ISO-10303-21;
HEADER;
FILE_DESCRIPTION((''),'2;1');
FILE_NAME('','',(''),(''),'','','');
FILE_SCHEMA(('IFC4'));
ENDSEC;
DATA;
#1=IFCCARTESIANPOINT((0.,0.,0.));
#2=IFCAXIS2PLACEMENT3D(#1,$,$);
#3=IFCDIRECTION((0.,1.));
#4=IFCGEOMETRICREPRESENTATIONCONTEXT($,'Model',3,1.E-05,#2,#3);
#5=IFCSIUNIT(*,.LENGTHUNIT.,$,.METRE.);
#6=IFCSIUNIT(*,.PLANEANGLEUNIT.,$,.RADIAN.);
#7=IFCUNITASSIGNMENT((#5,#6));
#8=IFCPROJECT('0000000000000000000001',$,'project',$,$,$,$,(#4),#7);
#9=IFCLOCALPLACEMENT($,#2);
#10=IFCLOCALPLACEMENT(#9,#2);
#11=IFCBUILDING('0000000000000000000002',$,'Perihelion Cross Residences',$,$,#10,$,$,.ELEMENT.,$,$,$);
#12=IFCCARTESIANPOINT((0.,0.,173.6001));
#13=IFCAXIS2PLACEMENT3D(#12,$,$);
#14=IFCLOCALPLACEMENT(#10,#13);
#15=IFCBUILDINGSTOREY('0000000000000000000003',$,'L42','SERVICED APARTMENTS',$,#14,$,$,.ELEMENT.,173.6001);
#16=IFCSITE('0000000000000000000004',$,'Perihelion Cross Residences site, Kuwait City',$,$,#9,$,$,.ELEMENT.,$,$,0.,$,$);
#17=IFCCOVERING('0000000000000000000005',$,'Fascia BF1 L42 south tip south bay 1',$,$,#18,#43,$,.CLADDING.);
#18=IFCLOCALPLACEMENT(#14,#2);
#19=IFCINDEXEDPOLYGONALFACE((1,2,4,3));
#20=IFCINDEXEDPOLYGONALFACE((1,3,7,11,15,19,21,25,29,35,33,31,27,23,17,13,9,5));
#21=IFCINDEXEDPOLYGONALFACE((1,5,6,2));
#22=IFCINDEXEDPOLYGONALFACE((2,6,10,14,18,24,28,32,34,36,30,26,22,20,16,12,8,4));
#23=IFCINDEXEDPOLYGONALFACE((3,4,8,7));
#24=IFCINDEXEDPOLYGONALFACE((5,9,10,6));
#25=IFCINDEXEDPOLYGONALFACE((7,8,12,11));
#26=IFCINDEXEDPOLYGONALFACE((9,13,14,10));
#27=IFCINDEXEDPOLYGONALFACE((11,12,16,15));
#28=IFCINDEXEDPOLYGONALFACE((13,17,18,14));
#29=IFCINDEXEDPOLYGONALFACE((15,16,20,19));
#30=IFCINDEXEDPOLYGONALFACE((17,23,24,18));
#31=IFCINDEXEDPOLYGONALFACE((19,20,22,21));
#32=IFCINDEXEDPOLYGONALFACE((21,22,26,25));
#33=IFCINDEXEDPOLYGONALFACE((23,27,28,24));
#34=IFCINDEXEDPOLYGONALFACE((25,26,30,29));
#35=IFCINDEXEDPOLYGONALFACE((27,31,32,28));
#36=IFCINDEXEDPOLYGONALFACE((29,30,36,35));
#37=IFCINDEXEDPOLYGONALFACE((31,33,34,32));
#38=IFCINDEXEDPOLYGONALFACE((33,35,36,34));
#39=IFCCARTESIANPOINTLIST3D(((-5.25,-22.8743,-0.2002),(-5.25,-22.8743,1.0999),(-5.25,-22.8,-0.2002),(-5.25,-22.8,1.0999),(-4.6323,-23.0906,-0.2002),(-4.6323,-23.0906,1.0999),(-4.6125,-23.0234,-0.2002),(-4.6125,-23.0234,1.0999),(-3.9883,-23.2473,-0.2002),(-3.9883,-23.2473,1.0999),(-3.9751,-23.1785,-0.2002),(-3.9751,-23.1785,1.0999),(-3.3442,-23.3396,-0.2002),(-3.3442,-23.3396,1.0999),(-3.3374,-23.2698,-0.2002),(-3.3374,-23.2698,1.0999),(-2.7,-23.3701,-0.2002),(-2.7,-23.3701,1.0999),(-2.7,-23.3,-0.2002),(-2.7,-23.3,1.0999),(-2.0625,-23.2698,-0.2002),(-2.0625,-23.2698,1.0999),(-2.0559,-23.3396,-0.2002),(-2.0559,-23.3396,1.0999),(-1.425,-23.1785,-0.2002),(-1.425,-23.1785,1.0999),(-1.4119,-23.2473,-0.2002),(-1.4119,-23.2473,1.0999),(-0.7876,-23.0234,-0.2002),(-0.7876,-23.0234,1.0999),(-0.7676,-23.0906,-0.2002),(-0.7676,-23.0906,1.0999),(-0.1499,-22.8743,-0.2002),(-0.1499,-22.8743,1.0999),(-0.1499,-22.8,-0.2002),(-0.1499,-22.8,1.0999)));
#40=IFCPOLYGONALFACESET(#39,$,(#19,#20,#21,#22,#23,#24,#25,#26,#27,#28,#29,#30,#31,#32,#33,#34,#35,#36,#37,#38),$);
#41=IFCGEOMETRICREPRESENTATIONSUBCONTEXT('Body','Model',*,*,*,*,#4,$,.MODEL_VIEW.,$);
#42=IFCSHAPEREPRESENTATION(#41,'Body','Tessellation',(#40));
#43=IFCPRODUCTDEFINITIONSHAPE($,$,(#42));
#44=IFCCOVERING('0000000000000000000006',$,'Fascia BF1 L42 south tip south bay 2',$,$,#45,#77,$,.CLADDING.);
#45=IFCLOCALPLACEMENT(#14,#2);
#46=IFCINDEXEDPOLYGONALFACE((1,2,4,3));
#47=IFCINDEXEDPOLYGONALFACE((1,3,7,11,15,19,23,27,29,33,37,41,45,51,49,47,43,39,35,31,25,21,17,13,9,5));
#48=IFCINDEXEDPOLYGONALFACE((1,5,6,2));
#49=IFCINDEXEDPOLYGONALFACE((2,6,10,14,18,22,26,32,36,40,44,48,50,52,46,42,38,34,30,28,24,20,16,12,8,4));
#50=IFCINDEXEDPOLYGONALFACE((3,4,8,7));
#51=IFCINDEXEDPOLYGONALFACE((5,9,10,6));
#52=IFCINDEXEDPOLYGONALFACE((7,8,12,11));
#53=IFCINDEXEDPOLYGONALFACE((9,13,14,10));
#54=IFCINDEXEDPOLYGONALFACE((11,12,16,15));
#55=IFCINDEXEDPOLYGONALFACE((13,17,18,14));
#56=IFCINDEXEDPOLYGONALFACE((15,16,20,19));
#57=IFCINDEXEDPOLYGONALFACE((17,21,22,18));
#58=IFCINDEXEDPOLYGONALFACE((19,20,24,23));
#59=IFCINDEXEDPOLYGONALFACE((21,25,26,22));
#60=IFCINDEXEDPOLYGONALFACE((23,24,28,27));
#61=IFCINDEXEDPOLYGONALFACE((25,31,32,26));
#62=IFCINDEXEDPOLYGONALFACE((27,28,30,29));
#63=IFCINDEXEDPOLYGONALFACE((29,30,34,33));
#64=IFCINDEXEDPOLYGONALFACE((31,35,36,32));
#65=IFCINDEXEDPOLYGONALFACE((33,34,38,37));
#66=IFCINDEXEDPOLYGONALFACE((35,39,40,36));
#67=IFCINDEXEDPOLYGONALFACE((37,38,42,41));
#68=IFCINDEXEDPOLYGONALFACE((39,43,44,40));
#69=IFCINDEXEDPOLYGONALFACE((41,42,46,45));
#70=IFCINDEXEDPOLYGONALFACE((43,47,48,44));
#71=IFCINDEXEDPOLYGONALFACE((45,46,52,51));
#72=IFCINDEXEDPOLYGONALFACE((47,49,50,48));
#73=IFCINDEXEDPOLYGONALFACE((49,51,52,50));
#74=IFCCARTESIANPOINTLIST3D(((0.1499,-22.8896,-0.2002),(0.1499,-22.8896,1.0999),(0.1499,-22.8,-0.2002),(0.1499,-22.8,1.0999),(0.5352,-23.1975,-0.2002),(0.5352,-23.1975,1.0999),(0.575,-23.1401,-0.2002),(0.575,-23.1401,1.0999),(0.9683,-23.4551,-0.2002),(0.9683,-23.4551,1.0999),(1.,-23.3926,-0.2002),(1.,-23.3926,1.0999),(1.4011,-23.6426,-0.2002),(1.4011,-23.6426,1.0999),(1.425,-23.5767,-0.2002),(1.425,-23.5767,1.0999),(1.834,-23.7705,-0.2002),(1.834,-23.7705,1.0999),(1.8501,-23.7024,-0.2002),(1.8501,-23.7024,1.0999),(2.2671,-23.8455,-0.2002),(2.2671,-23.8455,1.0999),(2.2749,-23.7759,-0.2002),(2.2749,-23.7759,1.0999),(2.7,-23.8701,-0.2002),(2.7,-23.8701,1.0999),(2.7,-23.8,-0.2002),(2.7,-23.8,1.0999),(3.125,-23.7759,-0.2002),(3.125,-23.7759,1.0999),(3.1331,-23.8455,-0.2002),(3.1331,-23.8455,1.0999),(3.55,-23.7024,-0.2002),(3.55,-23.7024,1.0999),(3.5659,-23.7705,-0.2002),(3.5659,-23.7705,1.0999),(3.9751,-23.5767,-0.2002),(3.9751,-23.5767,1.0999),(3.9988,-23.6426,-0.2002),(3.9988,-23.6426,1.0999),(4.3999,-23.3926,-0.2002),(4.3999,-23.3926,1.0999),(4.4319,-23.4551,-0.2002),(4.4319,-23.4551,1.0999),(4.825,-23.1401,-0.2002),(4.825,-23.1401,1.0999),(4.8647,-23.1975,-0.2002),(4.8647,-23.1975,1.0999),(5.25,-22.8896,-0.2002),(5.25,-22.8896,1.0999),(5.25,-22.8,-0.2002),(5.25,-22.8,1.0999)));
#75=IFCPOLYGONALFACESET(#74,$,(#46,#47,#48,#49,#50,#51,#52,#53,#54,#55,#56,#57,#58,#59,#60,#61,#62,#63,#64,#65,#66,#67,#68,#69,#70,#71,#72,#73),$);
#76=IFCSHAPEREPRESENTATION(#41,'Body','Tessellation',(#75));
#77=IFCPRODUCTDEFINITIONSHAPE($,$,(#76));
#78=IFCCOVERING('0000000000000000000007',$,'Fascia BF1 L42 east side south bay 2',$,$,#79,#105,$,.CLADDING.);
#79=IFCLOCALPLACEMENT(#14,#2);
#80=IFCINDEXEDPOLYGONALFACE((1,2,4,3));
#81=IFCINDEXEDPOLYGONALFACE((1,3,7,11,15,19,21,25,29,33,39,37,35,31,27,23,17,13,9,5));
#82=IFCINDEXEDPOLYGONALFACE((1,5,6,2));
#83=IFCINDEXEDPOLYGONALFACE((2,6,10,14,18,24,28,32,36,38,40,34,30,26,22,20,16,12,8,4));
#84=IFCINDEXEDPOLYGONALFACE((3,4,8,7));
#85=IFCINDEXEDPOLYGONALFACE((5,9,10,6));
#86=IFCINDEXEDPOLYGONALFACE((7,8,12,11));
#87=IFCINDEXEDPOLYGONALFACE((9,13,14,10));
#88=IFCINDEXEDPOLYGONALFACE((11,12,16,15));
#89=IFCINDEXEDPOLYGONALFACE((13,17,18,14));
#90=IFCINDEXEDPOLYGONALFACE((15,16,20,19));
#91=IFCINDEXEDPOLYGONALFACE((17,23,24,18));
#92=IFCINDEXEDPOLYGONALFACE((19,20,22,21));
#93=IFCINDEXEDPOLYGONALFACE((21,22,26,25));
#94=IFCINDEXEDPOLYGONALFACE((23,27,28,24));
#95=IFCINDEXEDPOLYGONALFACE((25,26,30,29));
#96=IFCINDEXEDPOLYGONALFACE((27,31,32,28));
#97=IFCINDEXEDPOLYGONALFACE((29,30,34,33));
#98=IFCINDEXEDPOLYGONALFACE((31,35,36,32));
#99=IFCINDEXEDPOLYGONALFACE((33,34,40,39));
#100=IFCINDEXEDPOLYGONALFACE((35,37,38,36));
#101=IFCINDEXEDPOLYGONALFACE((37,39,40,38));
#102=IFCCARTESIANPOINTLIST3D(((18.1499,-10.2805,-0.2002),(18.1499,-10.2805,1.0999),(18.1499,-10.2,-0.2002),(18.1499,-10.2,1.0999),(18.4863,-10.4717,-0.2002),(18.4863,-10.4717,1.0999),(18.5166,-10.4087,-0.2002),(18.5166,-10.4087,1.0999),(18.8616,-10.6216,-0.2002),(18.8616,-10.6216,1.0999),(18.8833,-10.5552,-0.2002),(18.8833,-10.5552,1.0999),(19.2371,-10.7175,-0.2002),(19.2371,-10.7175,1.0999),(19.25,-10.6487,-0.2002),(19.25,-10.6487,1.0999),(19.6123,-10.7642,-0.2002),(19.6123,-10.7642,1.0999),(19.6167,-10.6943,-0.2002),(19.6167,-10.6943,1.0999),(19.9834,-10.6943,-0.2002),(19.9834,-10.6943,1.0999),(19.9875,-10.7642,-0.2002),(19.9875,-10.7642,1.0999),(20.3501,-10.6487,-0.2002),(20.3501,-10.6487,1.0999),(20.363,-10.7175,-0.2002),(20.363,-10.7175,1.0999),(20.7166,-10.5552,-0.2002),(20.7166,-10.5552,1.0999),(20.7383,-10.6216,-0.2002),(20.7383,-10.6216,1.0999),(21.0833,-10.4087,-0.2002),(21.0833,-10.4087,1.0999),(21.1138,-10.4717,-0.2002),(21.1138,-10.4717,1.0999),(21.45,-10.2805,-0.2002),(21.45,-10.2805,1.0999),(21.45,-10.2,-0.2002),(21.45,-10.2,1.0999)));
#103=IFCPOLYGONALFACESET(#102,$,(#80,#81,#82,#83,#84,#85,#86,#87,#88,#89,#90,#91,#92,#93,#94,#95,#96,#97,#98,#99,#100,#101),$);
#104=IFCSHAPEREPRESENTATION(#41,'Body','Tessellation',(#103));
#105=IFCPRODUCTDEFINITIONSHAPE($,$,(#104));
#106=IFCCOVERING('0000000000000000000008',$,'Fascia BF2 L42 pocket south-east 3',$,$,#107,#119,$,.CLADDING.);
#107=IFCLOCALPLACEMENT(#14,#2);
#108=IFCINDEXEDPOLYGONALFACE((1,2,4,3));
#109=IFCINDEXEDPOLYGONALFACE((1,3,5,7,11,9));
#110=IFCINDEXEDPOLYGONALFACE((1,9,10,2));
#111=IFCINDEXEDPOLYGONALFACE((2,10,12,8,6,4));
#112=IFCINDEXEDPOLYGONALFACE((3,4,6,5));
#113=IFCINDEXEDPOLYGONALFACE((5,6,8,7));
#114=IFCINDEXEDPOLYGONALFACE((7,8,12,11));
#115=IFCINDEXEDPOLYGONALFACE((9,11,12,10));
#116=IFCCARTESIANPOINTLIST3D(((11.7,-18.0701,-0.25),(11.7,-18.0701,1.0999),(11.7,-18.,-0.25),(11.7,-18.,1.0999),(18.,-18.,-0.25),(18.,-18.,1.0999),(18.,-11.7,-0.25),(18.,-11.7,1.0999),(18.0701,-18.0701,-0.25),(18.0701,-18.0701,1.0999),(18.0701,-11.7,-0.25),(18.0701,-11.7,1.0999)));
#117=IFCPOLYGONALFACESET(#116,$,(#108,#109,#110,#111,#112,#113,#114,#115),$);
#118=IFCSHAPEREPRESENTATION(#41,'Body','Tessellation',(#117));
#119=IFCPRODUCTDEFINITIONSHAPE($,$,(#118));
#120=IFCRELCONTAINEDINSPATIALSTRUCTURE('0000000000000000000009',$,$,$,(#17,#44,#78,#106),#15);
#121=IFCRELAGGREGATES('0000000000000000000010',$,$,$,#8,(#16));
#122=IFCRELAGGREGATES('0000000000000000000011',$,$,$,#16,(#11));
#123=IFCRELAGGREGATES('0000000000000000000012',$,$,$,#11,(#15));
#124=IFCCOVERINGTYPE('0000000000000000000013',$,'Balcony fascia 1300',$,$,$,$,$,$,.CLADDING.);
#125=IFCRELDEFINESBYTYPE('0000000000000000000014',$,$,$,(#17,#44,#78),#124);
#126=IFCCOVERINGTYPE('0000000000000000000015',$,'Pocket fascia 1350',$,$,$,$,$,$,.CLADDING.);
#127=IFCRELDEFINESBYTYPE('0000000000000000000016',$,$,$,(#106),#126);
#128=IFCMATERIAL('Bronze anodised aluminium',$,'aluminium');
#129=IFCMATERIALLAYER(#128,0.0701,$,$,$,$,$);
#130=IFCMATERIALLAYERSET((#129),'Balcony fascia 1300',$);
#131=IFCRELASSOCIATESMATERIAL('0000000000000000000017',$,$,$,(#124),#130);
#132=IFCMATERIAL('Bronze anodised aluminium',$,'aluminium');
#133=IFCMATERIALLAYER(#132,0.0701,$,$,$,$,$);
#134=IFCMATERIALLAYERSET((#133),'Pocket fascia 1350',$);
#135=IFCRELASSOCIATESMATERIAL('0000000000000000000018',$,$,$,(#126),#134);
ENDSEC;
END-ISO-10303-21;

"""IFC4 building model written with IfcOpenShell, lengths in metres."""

from ifc_helpers import new_model, si_unit, direction, frame, origin, place, context, subcontext, project, spatial, polyline, outline, extrude, material, layer, layer_set, type_object, element, save


model = new_model("IFC4")

# Units and contexts
model_context = context("Model", 3, precision=1e-05, world=origin(), true_north=direction((0.0, 1.0)))
body_context = subcontext(model_context, "Body", "Model", "MODEL_VIEW")
ifc_project = project(units=[si_unit("LENGTHUNIT", "METRE"), si_unit("PLANEANGLEUNIT", "RADIAN")], contexts=[model_context])

# Site, building, storey
site_placement = place(None, origin())
site = spatial("IfcSite", under=ifc_project, at=site_placement, Name="Perihelion Cross Residences site, Kuwait City", CompositionType="ELEMENT", RefElevation=0.0)
building_placement = place(site_placement, origin())
building = spatial("IfcBuilding", under=site, at=building_placement, Name="Perihelion Cross Residences", CompositionType="ELEMENT")
storey_placement = place(building_placement, frame((0.0, 0.0, 173.6001)))
storey = spatial("IfcBuildingStorey", under=building, at=storey_placement, Name="L42", Description="SERVICED APARTMENTS", CompositionType="ELEMENT", Elevation=173.6001)

# Coverings
ifc_material_1 = material(Name="Bronze anodised aluminium", Category="aluminium")
ifc_layer_1 = layer(ifc_material_1, 0.0701)
ifc_layer_set_1 = layer_set([ifc_layer_1], Name="Balcony fascia 1300")
covering_type_1 = type_object("IfcCoveringType", Name="Balcony fascia 1300", PredefinedType="CLADDING", material=ifc_layer_set_1)
covering_1_placement = place(storey_placement, frame((0.0, 0.0, -0.2002)))
element("IfcCovering", 1, at=covering_1_placement, inside=storey, type_object=covering_type_1, Name="Fascia BF1 L42 south tip south bay 1", PredefinedType="CLADDING", context=body_context, shape_type="SweptSolid", body=[
    extrude(outline(polyline([(-4.6323, -23.0906), (-3.9883, -23.2473), (-3.3442, -23.3396), (-2.7, -23.3701), (-2.0559, -23.3396), (-1.4119, -23.2473), (-0.7676, -23.0906), (-0.1499, -22.8743), (-0.1499, -22.8), (-0.7876, -23.0234), (-1.425, -23.1785), (-2.0625, -23.2698), (-2.7, -23.3), (-3.3374, -23.2698), (-3.9751, -23.1785), (-4.6125, -23.0234), (-5.25, -22.8), (-5.25, -22.8743), (-4.6323, -23.0906)])), origin(), (0.0, 0.0, 1.0), 1.3),
])
covering_2_placement = place(storey_placement, frame((0.0, 0.0, -0.2002)))
element("IfcCovering", 2, at=covering_2_placement, inside=storey, type_object=covering_type_1, Name="Fascia BF1 L42 south tip south bay 2", PredefinedType="CLADDING", context=body_context, shape_type="SweptSolid", body=[
    extrude(outline(polyline([(0.5352, -23.1975), (0.9683, -23.4551), (1.4011, -23.6426), (1.834, -23.7705), (2.2671, -23.8455), (2.7, -23.8701), (3.1331, -23.8455), (3.5659, -23.7705), (3.9988, -23.6426), (4.4319, -23.4551), (4.8647, -23.1975), (5.25, -22.8896), (5.25, -22.8), (4.825, -23.1401), (4.3999, -23.3926), (3.9751, -23.5767), (3.55, -23.7024), (3.125, -23.7759), (2.7, -23.8), (2.2749, -23.7759), (1.8501, -23.7024), (1.425, -23.5767), (1.0, -23.3926), (0.575, -23.1401), (0.1499, -22.8), (0.1499, -22.8896), (0.5352, -23.1975)])), origin(), (0.0, 0.0, 1.0), 1.3),
])
covering_3_placement = place(storey_placement, frame((0.0, 0.0, -0.2002)))
element("IfcCovering", 3, at=covering_3_placement, inside=storey, type_object=covering_type_1, Name="Fascia BF1 L42 east side south bay 2", PredefinedType="CLADDING", context=body_context, shape_type="SweptSolid", body=[
    extrude(outline(polyline([(18.4863, -10.4717), (18.8616, -10.6216), (19.2371, -10.7175), (19.6123, -10.7642), (19.9875, -10.7642), (20.363, -10.7175), (20.7383, -10.6216), (21.1138, -10.4717), (21.45, -10.2805), (21.45, -10.2), (21.0833, -10.4087), (20.7166, -10.5552), (20.3501, -10.6487), (19.9834, -10.6943), (19.6167, -10.6943), (19.25, -10.6487), (18.8833, -10.5552), (18.5166, -10.4087), (18.1499, -10.2), (18.1499, -10.2805), (18.4863, -10.4717)])), origin(), (0.0, 0.0, 1.0), 1.3),
])
ifc_material_2 = material(Name="Bronze anodised aluminium", Category="aluminium")
ifc_layer_2 = layer(ifc_material_2, 0.0701)
ifc_layer_set_2 = layer_set([ifc_layer_2], Name="Pocket fascia 1350")
covering_type_2 = type_object("IfcCoveringType", Name="Pocket fascia 1350", PredefinedType="CLADDING", material=ifc_layer_set_2)
covering_4_placement = place(storey_placement, frame((0.0, 0.0, -0.25)))
element("IfcCovering", 4, at=covering_4_placement, inside=storey, type_object=covering_type_2, Name="Fascia BF2 L42 pocket south-east 3", PredefinedType="CLADDING", context=body_context, shape_type="SweptSolid", body=[
    extrude(outline(polyline([(18.0701, -18.0701), (18.0701, -11.7), (18.0, -11.7), (18.0, -18.0), (11.7, -18.0), (11.7, -18.0701), (18.0701, -18.0701)])), origin(), (0.0, 0.0, 1.0), 1.3499),
])

save(model, "model.ifc")
